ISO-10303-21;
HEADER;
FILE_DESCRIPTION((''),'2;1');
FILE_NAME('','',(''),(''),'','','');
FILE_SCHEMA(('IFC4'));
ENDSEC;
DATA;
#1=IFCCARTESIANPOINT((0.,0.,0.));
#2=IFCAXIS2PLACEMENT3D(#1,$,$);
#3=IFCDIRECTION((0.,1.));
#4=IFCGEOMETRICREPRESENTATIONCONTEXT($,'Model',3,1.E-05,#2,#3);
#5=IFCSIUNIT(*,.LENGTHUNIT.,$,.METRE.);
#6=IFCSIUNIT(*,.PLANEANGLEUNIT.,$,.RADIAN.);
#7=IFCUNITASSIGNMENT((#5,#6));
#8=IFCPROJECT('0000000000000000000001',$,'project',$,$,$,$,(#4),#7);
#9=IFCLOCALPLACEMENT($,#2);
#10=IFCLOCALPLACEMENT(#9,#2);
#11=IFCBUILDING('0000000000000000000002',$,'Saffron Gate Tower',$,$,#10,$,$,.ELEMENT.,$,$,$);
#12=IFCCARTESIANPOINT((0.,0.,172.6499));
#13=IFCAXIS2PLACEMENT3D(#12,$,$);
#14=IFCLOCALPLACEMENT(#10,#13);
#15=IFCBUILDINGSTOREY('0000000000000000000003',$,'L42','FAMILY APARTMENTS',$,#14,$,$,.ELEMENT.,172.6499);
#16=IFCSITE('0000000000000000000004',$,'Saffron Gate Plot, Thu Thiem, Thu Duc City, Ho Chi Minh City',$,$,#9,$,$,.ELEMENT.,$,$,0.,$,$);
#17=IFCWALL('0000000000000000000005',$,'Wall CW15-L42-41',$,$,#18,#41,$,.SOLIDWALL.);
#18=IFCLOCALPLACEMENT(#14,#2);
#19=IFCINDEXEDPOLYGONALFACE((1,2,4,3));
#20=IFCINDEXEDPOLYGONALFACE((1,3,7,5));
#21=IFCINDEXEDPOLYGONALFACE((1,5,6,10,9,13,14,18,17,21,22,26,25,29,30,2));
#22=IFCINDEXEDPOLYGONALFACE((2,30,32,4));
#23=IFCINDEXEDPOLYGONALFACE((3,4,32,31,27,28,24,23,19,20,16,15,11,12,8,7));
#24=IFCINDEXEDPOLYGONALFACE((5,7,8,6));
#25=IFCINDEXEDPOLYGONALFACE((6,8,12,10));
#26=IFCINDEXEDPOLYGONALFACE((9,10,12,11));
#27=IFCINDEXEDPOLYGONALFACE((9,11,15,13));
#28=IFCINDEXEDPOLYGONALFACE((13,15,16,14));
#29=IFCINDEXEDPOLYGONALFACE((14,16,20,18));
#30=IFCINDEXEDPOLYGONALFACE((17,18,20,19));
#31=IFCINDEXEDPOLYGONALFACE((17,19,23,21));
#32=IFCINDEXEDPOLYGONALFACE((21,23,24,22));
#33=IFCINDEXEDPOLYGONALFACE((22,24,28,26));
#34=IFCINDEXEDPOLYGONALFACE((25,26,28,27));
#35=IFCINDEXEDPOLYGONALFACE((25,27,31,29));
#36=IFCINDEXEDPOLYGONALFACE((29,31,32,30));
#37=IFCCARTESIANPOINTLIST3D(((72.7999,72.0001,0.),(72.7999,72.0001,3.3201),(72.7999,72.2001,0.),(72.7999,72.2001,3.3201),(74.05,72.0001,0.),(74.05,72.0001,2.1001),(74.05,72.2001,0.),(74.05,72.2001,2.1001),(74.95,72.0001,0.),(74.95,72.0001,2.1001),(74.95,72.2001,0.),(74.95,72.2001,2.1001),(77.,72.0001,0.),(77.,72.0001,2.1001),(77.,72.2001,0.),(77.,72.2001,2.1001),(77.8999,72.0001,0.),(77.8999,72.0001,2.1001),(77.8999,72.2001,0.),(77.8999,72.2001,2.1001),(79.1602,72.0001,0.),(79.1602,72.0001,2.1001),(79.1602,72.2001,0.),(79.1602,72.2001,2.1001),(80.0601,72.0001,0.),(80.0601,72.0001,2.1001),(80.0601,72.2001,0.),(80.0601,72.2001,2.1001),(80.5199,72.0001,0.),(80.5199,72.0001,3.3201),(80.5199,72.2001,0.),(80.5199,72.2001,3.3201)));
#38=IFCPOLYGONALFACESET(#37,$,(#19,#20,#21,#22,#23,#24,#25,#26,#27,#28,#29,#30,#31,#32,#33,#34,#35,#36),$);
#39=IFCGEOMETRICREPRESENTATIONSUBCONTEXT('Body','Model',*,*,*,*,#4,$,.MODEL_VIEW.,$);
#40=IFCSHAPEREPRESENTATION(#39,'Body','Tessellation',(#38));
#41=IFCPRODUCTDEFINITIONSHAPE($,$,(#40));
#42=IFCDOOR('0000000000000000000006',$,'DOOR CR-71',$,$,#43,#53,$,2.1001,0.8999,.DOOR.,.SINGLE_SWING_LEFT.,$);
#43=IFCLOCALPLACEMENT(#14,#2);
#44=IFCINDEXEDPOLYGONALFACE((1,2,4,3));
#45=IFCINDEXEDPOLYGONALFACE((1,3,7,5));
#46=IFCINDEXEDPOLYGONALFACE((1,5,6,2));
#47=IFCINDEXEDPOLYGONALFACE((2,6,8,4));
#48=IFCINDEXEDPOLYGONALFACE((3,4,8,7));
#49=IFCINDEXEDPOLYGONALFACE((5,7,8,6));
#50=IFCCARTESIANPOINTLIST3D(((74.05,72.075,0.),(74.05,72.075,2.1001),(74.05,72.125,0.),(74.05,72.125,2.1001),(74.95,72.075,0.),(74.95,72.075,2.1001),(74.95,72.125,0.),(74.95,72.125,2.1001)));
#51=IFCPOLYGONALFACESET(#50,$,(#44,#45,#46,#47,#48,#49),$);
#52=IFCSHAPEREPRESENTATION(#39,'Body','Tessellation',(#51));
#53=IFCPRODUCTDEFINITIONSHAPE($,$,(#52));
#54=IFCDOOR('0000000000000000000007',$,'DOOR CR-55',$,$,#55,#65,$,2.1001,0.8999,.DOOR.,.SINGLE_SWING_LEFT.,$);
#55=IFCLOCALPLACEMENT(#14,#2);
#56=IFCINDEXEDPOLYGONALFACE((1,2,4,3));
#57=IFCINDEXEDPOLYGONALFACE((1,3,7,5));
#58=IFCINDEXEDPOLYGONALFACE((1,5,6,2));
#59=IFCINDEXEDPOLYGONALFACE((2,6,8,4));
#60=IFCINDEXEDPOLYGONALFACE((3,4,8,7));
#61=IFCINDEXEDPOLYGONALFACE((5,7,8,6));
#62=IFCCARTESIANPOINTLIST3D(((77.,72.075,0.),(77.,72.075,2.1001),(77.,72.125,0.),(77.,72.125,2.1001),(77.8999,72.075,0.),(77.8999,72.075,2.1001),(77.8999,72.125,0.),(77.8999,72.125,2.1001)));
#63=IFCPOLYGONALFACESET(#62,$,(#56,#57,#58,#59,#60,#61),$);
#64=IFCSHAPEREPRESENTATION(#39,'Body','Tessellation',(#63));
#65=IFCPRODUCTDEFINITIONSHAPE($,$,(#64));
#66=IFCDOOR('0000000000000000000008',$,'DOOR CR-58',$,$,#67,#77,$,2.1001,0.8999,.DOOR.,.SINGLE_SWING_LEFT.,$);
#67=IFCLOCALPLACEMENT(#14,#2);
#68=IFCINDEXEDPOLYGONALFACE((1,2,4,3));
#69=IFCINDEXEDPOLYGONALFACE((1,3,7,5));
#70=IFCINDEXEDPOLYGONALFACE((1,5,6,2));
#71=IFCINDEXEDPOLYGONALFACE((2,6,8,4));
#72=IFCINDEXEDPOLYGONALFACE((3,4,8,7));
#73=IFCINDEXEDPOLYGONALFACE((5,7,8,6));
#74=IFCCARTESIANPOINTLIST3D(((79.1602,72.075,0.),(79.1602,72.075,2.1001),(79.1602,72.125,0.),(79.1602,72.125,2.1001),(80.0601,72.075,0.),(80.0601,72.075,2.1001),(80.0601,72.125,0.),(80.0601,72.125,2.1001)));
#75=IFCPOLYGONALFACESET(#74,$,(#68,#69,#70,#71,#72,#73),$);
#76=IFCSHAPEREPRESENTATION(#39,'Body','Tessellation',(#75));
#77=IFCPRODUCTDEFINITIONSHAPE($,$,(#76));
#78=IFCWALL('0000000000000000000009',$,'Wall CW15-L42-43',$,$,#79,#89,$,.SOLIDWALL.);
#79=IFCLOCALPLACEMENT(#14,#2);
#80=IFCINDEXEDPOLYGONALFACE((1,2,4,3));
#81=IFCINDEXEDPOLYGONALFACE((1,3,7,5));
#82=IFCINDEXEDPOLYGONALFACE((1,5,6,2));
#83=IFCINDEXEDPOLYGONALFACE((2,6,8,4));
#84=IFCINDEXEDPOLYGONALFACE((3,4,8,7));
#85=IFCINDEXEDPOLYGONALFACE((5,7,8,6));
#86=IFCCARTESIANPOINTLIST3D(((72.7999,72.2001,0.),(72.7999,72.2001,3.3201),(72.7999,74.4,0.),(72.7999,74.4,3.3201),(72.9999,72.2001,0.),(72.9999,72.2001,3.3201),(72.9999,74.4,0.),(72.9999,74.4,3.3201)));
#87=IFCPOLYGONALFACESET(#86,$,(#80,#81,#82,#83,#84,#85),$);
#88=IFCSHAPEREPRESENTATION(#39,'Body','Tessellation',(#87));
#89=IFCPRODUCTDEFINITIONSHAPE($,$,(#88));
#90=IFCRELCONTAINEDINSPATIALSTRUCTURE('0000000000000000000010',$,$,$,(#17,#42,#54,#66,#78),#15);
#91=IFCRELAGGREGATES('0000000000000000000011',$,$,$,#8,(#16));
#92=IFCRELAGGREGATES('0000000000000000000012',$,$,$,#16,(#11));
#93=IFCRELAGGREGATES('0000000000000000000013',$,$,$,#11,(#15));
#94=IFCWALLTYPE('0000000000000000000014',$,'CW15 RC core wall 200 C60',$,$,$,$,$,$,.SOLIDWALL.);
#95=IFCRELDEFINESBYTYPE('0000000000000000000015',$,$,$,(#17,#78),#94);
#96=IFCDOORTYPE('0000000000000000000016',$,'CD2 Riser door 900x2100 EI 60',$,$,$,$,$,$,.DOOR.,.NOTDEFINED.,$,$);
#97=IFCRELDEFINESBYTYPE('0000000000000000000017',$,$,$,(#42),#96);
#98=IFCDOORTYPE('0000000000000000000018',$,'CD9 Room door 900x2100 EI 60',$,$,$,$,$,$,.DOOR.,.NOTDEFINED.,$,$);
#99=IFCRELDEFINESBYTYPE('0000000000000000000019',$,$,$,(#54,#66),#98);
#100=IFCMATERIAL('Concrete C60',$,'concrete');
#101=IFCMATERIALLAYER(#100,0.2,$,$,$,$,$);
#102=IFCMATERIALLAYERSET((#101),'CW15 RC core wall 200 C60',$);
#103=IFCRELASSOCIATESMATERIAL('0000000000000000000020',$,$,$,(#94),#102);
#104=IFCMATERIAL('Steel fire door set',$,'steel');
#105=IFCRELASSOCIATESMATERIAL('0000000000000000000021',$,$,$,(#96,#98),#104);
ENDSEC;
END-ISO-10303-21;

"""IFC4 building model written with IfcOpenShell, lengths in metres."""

from ifc_helpers import new_model, si_unit, direction, frame, frame_2d, origin, place, context, subcontext, project, spatial, rectangle, extrude, material, layer, layer_set, type_object, element, fill, save


model = new_model("IFC4")

# Units and contexts
model_context = context("Model", 3, precision=1e-05, world=origin(), true_north=direction((0.0, 1.0)))
body_context = subcontext(model_context, "Body", "Model", "MODEL_VIEW")
ifc_project = project(units=[si_unit("LENGTHUNIT", "METRE"), si_unit("PLANEANGLEUNIT", "RADIAN")], contexts=[model_context])

# Site, building, storey
site_placement = place(None, origin())
site = spatial("IfcSite", under=ifc_project, at=site_placement, Name="Saffron Gate Plot, Thu Thiem, Thu Duc City, Ho Chi Minh City", CompositionType="ELEMENT", RefElevation=0.0)
building_placement = place(site_placement, origin())
building = spatial("IfcBuilding", under=site, at=building_placement, Name="Saffron Gate Tower", CompositionType="ELEMENT")
storey_placement = place(building_placement, frame((0.0, 0.0, 172.6499)))
storey = spatial("IfcBuildingStorey", under=building, at=storey_placement, Name="L42", Description="FAMILY APARTMENTS", CompositionType="ELEMENT", Elevation=172.6499)

# Shared definitions
ifc_material_1 = material(Name="Concrete C60", Category="concrete")
ifc_layer_1 = layer(ifc_material_1, 0.2)
ifc_layer_set_1 = layer_set([ifc_layer_1], Name="CW15 RC core wall 200 C60")
wall_type_1 = type_object("IfcWallType", Name="CW15 RC core wall 200 C60", PredefinedType="SOLIDWALL", material=ifc_layer_set_1)

# Wall, openings, doors
wall_1_placement = place(storey_placement, frame((72.8, 72.1001, 0.0), z_axis=(0.0, 0.0, 1.0), x_axis=(1.0, 0.0, 0.0)))
wall_1 = element("IfcWall", 1, at=wall_1_placement, inside=storey, type_object=wall_type_1, Name="Wall CW15-L42-41", PredefinedType="SOLIDWALL", context=body_context, shape_type="SweptSolid", body=[
    extrude(rectangle(XDim=7.72, YDim=0.2, at=frame_2d((3.8599, 0.0))), origin(), (0.0, 0.0, 1.0), 3.3201),
])
opening_1_placement = place(wall_1_placement, frame((1.25, 0.0, 0.0)))
opening_1 = element("IfcOpeningElement", 2, at=opening_1_placement, cuts=wall_1, PredefinedType="OPENING", context=body_context, shape_type="SweptSolid", body=[
    extrude(rectangle(XDim=0.8999, YDim=2.1001, at=frame_2d((0.45, 1.05))), frame((0.0, 0.1099, 0.0), z_axis=(0.0, -1.0, 0.0), x_axis=(1.0, 0.0, 0.0)), (0.0, 0.0, 1.0), 0.22),
])
opening_2_placement = place(wall_1_placement, frame((4.2, 0.0, 0.0)))
opening_2 = element("IfcOpeningElement", 3, at=opening_2_placement, cuts=wall_1, PredefinedType="OPENING", context=body_context, shape_type="SweptSolid", body=[
    extrude(rectangle(XDim=0.8999, YDim=2.1001, at=frame_2d((0.45, 1.05))), frame((0.0, 0.1099, 0.0), z_axis=(0.0, -1.0, 0.0), x_axis=(1.0, 0.0, 0.0)), (0.0, 0.0, 1.0), 0.22),
])
opening_3_placement = place(wall_1_placement, frame((6.3601, 0.0, 0.0)))
opening_3 = element("IfcOpeningElement", 4, at=opening_3_placement, cuts=wall_1, PredefinedType="OPENING", context=body_context, shape_type="SweptSolid", body=[
    extrude(rectangle(XDim=0.8999, YDim=2.1001, at=frame_2d((0.45, 1.05))), frame((0.0, 0.1099, 0.0), z_axis=(0.0, -1.0, 0.0), x_axis=(1.0, 0.0, 0.0)), (0.0, 0.0, 1.0), 0.22),
])
ifc_material_2 = material(Name="Steel fire door set", Category="steel")
door_type_1 = type_object("IfcDoorType", Name="CD2 Riser door 900x2100 EI 60", OperationType="NOTDEFINED", PredefinedType="DOOR", material=ifc_material_2)
door_1_placement = place(opening_1_placement, origin())
door_1 = element("IfcDoor", 5, at=door_1_placement, inside=storey, type_object=door_type_1, Name="DOOR CR-71", OperationType="SINGLE_SWING_LEFT", OverallHeight=2.1001, OverallWidth=0.8999, PredefinedType="DOOR", context=body_context, shape_type="SweptSolid", body=[
    extrude(rectangle(XDim=0.8999, YDim=2.1001, at=frame_2d((0.45, 1.05))), frame((0.0, 0.0249, 0.0), z_axis=(0.0, -1.0, 0.0), x_axis=(1.0, 0.0, 0.0)), (0.0, 0.0, 1.0), 0.05),
])
fill(opening_1, door_1)
door_type_2 = type_object("IfcDoorType", Name="CD9 Room door 900x2100 EI 60", OperationType="NOTDEFINED", PredefinedType="DOOR", material=ifc_material_2)
door_2_placement = place(opening_2_placement, origin())
door_2 = element("IfcDoor", 6, at=door_2_placement, inside=storey, type_object=door_type_2, Name="DOOR CR-55", OperationType="SINGLE_SWING_LEFT", OverallHeight=2.1001, OverallWidth=0.8999, PredefinedType="DOOR", context=body_context, shape_type="SweptSolid", body=[
    extrude(rectangle(XDim=0.8999, YDim=2.1001, at=frame_2d((0.45, 1.05))), frame((0.0, 0.0249, 0.0), z_axis=(0.0, -1.0, 0.0), x_axis=(1.0, 0.0, 0.0)), (0.0, 0.0, 1.0), 0.05),
])
fill(opening_2, door_2)
door_3_placement = place(opening_3_placement, origin())
door_3 = element("IfcDoor", 7, at=door_3_placement, inside=storey, type_object=door_type_2, Name="DOOR CR-58", OperationType="SINGLE_SWING_LEFT", OverallHeight=2.1001, OverallWidth=0.8999, PredefinedType="DOOR", context=body_context, shape_type="SweptSolid", body=[
    extrude(rectangle(XDim=0.8999, YDim=2.1001, at=frame_2d((0.45, 1.05))), frame((0.0, 0.0249, 0.0), z_axis=(0.0, -1.0, 0.0), x_axis=(1.0, 0.0, 0.0)), (0.0, 0.0, 1.0), 0.05),
])
fill(opening_3, door_3)

# Wall
wall_2_placement = place(storey_placement, frame((72.8999, 72.2, 0.0), z_axis=(0.0, 0.0, 1.0), x_axis=(0.0, 1.0, 0.0)))
element("IfcWall", 8, at=wall_2_placement, inside=storey, type_object=wall_type_1, Name="Wall CW15-L42-43", PredefinedType="SOLIDWALL", context=body_context, shape_type="SweptSolid", body=[
    extrude(rectangle(XDim=2.2, YDim=0.2, at=frame_2d((1.1001, 0.0))), origin(), (0.0, 0.0, 1.0), 3.3201),
])

save(model, "model.ifc")
